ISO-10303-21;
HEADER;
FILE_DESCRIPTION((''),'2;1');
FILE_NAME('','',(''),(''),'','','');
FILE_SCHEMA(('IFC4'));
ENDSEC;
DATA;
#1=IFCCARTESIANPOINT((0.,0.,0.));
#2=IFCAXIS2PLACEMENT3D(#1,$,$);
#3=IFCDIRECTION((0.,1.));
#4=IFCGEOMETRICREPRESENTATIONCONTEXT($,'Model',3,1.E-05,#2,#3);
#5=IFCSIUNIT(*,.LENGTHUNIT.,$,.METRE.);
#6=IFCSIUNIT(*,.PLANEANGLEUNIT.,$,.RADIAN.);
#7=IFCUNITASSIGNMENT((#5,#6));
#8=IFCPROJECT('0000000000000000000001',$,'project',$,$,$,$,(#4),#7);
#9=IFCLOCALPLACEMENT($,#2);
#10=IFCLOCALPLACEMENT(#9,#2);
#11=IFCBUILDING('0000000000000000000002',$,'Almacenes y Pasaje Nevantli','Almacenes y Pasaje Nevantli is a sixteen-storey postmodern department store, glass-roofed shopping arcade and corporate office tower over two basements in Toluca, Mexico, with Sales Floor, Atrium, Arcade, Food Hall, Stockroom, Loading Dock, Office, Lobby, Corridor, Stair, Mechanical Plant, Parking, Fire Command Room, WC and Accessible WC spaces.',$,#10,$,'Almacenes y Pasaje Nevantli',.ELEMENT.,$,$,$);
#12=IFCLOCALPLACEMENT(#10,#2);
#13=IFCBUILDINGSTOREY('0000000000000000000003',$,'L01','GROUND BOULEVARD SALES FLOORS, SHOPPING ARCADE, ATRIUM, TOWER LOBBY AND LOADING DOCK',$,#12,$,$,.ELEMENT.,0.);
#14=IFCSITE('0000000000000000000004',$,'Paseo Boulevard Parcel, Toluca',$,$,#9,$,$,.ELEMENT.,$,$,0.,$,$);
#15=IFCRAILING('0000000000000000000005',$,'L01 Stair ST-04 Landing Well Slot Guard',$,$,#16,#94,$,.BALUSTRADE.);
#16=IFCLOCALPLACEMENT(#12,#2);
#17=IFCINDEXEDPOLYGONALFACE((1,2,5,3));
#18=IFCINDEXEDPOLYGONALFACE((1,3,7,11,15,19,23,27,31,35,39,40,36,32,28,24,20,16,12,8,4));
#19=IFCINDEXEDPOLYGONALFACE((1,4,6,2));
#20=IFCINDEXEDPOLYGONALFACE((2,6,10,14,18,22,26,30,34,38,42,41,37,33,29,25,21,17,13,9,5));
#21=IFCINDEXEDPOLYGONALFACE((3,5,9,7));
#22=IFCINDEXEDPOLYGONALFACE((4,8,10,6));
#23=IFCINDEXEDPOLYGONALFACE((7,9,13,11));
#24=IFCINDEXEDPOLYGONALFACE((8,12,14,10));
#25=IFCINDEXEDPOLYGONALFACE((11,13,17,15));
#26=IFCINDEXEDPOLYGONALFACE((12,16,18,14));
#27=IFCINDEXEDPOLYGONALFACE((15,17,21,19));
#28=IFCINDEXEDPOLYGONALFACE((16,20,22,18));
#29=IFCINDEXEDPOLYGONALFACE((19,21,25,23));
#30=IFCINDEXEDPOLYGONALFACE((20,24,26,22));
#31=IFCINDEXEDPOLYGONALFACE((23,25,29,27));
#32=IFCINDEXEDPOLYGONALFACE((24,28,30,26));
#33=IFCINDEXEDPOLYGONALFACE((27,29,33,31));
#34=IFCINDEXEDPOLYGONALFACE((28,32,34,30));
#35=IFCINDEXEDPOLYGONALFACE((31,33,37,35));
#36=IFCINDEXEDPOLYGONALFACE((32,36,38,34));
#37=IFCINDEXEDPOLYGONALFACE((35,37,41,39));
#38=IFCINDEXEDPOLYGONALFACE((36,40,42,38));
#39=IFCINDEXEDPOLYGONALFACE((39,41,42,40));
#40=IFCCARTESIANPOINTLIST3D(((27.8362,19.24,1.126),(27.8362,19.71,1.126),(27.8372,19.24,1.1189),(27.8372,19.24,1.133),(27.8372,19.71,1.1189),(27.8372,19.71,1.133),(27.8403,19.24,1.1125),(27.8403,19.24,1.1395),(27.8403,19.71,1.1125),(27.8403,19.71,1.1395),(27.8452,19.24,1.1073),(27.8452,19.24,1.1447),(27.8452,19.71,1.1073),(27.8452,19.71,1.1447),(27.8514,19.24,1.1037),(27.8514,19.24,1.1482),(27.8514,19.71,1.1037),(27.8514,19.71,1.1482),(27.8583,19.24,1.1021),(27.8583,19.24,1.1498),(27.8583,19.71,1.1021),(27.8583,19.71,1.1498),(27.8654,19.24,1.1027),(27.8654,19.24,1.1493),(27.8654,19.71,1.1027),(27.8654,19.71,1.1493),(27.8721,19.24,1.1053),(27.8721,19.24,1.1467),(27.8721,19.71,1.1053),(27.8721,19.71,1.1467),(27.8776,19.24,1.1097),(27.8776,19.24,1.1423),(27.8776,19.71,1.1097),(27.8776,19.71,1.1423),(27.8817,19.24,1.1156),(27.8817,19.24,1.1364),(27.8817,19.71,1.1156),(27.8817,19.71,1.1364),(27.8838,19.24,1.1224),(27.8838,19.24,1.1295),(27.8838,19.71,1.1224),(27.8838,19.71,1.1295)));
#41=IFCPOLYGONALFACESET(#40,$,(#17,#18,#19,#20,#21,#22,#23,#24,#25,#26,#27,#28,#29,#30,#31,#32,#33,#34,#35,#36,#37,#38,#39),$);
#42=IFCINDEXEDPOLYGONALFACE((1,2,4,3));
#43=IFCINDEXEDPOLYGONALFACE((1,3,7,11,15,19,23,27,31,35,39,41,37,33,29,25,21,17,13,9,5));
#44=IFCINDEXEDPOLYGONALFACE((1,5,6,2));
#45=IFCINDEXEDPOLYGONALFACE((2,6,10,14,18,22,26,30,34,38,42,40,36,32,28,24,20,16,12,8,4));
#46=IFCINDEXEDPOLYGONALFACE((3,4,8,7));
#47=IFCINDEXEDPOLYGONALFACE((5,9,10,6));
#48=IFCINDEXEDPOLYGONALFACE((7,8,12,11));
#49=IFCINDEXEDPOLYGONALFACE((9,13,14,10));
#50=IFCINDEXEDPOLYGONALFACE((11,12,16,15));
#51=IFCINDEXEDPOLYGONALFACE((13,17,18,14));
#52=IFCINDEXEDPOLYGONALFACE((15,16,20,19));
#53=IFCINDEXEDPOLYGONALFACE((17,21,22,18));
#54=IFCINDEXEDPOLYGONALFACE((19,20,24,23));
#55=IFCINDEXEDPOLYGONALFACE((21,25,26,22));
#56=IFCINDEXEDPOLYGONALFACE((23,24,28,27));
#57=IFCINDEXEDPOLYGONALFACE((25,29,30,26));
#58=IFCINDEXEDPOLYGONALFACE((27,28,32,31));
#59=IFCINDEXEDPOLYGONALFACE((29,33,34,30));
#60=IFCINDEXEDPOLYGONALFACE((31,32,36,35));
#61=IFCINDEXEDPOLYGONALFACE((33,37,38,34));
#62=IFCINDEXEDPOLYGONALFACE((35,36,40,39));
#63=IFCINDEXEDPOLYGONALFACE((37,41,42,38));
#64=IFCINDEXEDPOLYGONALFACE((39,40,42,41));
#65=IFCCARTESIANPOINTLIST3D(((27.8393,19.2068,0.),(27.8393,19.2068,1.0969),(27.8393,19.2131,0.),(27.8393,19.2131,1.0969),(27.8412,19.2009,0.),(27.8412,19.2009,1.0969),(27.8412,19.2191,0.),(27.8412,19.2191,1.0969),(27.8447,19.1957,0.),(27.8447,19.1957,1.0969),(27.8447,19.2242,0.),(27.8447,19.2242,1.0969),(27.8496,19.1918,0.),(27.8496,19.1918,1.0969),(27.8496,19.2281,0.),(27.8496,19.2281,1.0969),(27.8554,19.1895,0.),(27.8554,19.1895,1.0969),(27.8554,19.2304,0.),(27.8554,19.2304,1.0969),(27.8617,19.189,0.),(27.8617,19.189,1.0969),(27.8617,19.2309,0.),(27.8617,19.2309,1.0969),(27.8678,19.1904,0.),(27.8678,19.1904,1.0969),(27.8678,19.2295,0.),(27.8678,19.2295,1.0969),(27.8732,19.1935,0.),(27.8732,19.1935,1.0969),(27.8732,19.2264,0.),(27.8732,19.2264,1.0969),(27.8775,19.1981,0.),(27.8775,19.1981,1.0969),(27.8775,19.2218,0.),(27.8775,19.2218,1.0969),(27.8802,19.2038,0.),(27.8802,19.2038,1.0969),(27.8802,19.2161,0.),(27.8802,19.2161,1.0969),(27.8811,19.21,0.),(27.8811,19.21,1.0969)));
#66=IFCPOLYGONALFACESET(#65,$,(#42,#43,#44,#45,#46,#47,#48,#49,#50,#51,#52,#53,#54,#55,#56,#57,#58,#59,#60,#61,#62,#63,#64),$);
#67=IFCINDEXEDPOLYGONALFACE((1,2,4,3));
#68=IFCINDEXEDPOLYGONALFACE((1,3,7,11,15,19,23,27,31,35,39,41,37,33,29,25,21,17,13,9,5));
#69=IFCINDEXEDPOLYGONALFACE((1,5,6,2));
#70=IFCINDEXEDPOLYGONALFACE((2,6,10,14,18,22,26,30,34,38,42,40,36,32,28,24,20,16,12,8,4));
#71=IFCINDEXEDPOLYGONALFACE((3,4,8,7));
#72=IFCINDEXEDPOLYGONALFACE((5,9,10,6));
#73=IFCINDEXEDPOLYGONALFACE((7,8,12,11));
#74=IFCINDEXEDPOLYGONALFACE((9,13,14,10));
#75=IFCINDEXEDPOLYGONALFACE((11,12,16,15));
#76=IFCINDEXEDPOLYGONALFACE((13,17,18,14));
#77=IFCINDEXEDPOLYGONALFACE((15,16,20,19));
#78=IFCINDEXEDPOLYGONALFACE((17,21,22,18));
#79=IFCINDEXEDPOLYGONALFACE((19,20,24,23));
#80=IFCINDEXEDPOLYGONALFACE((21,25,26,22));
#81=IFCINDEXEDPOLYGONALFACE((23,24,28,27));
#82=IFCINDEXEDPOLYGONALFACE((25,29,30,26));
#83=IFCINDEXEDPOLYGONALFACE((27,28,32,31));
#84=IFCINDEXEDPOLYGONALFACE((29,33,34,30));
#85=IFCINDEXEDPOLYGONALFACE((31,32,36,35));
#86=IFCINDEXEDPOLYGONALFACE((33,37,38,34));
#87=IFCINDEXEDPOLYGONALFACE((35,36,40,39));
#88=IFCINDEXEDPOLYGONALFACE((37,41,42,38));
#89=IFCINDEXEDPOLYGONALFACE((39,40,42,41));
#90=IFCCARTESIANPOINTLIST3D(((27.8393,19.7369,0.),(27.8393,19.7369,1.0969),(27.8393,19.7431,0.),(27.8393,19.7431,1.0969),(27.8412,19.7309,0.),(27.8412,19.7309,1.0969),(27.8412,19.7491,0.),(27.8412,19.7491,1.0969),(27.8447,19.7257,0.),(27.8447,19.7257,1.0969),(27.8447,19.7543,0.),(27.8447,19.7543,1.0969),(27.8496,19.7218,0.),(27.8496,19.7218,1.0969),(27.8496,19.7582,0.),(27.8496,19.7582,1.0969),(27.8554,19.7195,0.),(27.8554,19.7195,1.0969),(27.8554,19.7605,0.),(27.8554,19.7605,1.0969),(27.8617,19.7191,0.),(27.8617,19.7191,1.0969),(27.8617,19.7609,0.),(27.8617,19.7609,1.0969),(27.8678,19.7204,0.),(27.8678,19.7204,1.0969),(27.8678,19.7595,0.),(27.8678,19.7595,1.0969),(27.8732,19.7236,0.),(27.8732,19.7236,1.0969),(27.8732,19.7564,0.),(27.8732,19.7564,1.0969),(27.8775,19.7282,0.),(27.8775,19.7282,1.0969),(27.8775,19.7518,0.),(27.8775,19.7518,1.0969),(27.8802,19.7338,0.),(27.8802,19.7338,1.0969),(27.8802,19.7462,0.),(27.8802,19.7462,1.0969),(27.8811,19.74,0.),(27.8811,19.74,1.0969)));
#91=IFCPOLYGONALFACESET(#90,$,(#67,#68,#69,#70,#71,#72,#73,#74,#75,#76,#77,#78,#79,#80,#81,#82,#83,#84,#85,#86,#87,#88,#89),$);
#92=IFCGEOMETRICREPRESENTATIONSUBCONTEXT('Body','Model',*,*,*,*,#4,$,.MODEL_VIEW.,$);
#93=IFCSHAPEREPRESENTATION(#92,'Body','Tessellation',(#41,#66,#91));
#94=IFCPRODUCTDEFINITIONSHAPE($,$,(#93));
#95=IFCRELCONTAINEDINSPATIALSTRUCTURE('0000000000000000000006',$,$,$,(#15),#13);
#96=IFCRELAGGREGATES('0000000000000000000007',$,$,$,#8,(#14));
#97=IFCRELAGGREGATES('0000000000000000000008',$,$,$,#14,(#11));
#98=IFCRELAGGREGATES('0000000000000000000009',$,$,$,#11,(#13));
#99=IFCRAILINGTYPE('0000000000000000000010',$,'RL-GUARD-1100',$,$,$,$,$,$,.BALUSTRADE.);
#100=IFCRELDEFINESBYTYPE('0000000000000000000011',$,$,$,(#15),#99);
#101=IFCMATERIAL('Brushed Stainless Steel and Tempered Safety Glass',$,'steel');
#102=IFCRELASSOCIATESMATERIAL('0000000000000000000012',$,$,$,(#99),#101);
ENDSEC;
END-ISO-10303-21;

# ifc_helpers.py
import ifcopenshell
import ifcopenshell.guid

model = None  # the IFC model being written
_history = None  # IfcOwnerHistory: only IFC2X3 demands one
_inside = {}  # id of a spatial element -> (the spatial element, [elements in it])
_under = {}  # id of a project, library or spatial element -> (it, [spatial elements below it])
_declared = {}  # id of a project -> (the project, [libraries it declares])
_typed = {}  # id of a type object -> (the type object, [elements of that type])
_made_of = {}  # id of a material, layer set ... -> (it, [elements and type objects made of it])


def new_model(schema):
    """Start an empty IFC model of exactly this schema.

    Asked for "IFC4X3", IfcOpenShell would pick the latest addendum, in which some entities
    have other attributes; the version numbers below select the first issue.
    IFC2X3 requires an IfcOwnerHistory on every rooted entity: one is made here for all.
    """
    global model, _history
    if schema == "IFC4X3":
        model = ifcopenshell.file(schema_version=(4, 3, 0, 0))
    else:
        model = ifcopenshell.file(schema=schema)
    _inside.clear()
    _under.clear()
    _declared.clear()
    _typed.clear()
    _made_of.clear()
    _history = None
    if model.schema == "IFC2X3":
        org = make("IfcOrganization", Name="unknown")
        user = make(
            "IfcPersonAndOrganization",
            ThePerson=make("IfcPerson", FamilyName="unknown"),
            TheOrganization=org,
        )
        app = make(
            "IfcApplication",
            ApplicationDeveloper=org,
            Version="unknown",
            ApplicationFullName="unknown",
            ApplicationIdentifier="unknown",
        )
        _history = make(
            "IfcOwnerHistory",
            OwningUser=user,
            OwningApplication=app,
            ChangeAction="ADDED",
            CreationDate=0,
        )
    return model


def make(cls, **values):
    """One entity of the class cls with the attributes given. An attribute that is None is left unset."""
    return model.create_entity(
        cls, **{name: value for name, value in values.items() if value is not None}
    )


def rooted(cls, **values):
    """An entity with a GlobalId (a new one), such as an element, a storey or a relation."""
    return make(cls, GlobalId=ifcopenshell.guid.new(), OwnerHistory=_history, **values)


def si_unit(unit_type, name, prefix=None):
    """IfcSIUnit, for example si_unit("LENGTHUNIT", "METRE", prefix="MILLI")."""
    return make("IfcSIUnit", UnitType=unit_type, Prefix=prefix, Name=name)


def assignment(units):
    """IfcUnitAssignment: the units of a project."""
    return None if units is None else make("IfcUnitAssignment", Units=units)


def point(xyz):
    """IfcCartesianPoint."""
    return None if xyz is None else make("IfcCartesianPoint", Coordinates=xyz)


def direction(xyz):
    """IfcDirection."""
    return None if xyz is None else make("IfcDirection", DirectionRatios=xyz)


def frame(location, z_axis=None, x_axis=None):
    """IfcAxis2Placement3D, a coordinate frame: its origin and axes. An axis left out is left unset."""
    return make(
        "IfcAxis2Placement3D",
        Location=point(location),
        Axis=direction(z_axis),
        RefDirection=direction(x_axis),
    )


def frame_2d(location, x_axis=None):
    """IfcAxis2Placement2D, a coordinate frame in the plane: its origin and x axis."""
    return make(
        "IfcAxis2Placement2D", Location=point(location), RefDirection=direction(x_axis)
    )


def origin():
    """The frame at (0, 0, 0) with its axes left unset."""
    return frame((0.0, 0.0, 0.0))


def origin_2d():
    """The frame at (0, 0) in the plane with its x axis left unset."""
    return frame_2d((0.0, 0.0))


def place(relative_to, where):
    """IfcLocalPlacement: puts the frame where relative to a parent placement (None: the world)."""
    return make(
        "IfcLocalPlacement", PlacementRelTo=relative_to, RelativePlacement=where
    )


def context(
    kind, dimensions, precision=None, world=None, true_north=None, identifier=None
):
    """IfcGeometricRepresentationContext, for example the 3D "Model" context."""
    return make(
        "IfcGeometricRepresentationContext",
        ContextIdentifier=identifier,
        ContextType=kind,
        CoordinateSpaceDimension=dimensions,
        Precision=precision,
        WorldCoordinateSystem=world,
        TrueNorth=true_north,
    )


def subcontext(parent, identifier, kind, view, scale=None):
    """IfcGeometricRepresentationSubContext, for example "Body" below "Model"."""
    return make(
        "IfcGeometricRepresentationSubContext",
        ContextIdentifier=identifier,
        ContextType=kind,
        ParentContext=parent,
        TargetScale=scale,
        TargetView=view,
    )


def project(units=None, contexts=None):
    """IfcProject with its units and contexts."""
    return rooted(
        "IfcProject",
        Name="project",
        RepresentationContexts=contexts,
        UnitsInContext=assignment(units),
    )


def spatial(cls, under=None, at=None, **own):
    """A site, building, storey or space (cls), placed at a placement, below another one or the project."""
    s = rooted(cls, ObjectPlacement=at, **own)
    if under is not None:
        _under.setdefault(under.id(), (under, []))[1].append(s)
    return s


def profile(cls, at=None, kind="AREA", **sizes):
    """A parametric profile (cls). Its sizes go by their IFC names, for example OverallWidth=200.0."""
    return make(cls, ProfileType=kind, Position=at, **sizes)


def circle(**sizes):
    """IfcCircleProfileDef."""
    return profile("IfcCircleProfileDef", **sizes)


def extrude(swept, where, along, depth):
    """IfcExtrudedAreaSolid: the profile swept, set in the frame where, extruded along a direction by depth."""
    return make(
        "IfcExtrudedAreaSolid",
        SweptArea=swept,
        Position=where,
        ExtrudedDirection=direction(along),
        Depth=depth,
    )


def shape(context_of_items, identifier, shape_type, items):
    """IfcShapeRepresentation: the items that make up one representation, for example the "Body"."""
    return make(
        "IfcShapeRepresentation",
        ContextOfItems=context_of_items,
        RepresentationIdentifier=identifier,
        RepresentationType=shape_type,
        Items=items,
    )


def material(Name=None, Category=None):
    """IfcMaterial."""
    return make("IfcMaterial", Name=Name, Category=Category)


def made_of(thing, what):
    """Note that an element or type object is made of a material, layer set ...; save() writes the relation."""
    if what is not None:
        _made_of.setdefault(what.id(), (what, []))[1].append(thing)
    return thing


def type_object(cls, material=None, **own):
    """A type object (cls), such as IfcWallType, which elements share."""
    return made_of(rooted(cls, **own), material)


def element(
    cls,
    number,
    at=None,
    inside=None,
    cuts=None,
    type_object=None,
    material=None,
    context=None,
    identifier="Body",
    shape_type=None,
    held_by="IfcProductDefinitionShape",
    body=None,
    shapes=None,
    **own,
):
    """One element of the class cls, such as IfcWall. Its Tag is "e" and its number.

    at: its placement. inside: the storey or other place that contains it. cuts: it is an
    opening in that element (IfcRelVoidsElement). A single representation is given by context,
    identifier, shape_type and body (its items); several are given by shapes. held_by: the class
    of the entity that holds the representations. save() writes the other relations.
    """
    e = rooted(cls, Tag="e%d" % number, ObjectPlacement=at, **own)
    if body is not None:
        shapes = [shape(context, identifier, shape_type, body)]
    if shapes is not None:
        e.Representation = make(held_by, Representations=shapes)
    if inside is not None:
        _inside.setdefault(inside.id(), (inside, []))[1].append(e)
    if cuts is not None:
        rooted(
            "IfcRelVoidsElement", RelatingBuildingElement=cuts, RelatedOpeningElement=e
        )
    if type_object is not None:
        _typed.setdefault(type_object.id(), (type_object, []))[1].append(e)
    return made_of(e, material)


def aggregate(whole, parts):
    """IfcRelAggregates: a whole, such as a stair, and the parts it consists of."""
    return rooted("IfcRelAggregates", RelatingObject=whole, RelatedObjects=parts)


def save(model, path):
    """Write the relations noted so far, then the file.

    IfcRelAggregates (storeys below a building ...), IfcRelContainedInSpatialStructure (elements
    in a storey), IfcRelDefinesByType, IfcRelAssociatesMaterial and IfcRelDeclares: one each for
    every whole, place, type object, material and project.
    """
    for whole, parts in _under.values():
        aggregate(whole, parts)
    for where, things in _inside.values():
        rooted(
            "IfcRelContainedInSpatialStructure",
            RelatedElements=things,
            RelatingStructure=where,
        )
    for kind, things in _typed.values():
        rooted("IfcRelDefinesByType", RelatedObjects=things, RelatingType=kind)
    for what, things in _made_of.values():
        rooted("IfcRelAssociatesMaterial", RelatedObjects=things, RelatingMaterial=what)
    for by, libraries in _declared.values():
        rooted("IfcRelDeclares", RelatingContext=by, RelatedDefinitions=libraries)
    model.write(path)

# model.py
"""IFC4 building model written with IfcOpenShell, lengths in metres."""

from ifc_helpers import new_model, si_unit, direction, frame, origin, origin_2d, place, context, subcontext, project, spatial, circle, extrude, material, type_object, element, save


model = new_model("IFC4")

# Units and contexts
model_context = context("Model", 3, precision=1e-05, world=origin(), true_north=direction((0.0, 1.0)))
body_context = subcontext(model_context, "Body", "Model", "MODEL_VIEW")
ifc_project = project(units=[si_unit("LENGTHUNIT", "METRE"), si_unit("PLANEANGLEUNIT", "RADIAN")], contexts=[model_context])

# Site, building, storey
site_placement = place(None, origin())
site = spatial("IfcSite", under=ifc_project, at=site_placement, Name="Paseo Boulevard Parcel, Toluca", CompositionType="ELEMENT", RefElevation=0.0)
building_placement = place(site_placement, origin())
building = spatial("IfcBuilding", under=site, at=building_placement, Name="Almacenes y Pasaje Nevantli", Description="Almacenes y Pasaje Nevantli is a sixteen-storey postmodern department store, glass-roofed shopping arcade and corporate office tower over two basements in Toluca, Mexico, with Sales Floor, Atrium, Arcade, Food Hall, Stockroom, Loading Dock, Office, Lobby, Corridor, Stair, Mechanical Plant, Parking, Fire Command Room, WC and Accessible WC spaces.", LongName="Almacenes y Pasaje Nevantli", CompositionType="ELEMENT")
storey_placement = place(building_placement, origin())
storey = spatial("IfcBuildingStorey", under=building, at=storey_placement, Name="L01", Description="GROUND BOULEVARD SALES FLOORS, SHOPPING ARCADE, ATRIUM, TOWER LOBBY AND LOADING DOCK", CompositionType="ELEMENT", Elevation=0.0)

# Railing
ifc_material_1 = material(Name="Brushed Stainless Steel and Tempered Safety Glass", Category="steel")
railing_type_1 = type_object("IfcRailingType", Name="RL-GUARD-1100", PredefinedType="BALUSTRADE", material=ifc_material_1)
railing_1_placement = place(storey_placement, frame((27.8601, 19.21, 0.0)))
element("IfcRailing", 1, at=railing_1_placement, inside=storey, type_object=railing_type_1, Name="L01 Stair ST-04 Landing Well Slot Guard", PredefinedType="BALUSTRADE", context=body_context, shape_type="SweptSolid", body=[
    extrude(circle(Radius=0.0239, at=origin_2d()), frame((0.0, 0.03, 1.126), z_axis=(0.0, 1.0, 0.0), x_axis=(-1.0, 0.0, 0.0)), (0.0, 0.0, 1.0), 0.47),
    extrude(circle(Radius=0.021, at=origin_2d()), origin(), (0.0, 0.0, 1.0), 1.0969),
    extrude(circle(Radius=0.021, at=origin_2d()), frame((0.0, 0.53, 0.0)), (0.0, 0.0, 1.0), 1.0969),
])

save(model, "model.ifc")
